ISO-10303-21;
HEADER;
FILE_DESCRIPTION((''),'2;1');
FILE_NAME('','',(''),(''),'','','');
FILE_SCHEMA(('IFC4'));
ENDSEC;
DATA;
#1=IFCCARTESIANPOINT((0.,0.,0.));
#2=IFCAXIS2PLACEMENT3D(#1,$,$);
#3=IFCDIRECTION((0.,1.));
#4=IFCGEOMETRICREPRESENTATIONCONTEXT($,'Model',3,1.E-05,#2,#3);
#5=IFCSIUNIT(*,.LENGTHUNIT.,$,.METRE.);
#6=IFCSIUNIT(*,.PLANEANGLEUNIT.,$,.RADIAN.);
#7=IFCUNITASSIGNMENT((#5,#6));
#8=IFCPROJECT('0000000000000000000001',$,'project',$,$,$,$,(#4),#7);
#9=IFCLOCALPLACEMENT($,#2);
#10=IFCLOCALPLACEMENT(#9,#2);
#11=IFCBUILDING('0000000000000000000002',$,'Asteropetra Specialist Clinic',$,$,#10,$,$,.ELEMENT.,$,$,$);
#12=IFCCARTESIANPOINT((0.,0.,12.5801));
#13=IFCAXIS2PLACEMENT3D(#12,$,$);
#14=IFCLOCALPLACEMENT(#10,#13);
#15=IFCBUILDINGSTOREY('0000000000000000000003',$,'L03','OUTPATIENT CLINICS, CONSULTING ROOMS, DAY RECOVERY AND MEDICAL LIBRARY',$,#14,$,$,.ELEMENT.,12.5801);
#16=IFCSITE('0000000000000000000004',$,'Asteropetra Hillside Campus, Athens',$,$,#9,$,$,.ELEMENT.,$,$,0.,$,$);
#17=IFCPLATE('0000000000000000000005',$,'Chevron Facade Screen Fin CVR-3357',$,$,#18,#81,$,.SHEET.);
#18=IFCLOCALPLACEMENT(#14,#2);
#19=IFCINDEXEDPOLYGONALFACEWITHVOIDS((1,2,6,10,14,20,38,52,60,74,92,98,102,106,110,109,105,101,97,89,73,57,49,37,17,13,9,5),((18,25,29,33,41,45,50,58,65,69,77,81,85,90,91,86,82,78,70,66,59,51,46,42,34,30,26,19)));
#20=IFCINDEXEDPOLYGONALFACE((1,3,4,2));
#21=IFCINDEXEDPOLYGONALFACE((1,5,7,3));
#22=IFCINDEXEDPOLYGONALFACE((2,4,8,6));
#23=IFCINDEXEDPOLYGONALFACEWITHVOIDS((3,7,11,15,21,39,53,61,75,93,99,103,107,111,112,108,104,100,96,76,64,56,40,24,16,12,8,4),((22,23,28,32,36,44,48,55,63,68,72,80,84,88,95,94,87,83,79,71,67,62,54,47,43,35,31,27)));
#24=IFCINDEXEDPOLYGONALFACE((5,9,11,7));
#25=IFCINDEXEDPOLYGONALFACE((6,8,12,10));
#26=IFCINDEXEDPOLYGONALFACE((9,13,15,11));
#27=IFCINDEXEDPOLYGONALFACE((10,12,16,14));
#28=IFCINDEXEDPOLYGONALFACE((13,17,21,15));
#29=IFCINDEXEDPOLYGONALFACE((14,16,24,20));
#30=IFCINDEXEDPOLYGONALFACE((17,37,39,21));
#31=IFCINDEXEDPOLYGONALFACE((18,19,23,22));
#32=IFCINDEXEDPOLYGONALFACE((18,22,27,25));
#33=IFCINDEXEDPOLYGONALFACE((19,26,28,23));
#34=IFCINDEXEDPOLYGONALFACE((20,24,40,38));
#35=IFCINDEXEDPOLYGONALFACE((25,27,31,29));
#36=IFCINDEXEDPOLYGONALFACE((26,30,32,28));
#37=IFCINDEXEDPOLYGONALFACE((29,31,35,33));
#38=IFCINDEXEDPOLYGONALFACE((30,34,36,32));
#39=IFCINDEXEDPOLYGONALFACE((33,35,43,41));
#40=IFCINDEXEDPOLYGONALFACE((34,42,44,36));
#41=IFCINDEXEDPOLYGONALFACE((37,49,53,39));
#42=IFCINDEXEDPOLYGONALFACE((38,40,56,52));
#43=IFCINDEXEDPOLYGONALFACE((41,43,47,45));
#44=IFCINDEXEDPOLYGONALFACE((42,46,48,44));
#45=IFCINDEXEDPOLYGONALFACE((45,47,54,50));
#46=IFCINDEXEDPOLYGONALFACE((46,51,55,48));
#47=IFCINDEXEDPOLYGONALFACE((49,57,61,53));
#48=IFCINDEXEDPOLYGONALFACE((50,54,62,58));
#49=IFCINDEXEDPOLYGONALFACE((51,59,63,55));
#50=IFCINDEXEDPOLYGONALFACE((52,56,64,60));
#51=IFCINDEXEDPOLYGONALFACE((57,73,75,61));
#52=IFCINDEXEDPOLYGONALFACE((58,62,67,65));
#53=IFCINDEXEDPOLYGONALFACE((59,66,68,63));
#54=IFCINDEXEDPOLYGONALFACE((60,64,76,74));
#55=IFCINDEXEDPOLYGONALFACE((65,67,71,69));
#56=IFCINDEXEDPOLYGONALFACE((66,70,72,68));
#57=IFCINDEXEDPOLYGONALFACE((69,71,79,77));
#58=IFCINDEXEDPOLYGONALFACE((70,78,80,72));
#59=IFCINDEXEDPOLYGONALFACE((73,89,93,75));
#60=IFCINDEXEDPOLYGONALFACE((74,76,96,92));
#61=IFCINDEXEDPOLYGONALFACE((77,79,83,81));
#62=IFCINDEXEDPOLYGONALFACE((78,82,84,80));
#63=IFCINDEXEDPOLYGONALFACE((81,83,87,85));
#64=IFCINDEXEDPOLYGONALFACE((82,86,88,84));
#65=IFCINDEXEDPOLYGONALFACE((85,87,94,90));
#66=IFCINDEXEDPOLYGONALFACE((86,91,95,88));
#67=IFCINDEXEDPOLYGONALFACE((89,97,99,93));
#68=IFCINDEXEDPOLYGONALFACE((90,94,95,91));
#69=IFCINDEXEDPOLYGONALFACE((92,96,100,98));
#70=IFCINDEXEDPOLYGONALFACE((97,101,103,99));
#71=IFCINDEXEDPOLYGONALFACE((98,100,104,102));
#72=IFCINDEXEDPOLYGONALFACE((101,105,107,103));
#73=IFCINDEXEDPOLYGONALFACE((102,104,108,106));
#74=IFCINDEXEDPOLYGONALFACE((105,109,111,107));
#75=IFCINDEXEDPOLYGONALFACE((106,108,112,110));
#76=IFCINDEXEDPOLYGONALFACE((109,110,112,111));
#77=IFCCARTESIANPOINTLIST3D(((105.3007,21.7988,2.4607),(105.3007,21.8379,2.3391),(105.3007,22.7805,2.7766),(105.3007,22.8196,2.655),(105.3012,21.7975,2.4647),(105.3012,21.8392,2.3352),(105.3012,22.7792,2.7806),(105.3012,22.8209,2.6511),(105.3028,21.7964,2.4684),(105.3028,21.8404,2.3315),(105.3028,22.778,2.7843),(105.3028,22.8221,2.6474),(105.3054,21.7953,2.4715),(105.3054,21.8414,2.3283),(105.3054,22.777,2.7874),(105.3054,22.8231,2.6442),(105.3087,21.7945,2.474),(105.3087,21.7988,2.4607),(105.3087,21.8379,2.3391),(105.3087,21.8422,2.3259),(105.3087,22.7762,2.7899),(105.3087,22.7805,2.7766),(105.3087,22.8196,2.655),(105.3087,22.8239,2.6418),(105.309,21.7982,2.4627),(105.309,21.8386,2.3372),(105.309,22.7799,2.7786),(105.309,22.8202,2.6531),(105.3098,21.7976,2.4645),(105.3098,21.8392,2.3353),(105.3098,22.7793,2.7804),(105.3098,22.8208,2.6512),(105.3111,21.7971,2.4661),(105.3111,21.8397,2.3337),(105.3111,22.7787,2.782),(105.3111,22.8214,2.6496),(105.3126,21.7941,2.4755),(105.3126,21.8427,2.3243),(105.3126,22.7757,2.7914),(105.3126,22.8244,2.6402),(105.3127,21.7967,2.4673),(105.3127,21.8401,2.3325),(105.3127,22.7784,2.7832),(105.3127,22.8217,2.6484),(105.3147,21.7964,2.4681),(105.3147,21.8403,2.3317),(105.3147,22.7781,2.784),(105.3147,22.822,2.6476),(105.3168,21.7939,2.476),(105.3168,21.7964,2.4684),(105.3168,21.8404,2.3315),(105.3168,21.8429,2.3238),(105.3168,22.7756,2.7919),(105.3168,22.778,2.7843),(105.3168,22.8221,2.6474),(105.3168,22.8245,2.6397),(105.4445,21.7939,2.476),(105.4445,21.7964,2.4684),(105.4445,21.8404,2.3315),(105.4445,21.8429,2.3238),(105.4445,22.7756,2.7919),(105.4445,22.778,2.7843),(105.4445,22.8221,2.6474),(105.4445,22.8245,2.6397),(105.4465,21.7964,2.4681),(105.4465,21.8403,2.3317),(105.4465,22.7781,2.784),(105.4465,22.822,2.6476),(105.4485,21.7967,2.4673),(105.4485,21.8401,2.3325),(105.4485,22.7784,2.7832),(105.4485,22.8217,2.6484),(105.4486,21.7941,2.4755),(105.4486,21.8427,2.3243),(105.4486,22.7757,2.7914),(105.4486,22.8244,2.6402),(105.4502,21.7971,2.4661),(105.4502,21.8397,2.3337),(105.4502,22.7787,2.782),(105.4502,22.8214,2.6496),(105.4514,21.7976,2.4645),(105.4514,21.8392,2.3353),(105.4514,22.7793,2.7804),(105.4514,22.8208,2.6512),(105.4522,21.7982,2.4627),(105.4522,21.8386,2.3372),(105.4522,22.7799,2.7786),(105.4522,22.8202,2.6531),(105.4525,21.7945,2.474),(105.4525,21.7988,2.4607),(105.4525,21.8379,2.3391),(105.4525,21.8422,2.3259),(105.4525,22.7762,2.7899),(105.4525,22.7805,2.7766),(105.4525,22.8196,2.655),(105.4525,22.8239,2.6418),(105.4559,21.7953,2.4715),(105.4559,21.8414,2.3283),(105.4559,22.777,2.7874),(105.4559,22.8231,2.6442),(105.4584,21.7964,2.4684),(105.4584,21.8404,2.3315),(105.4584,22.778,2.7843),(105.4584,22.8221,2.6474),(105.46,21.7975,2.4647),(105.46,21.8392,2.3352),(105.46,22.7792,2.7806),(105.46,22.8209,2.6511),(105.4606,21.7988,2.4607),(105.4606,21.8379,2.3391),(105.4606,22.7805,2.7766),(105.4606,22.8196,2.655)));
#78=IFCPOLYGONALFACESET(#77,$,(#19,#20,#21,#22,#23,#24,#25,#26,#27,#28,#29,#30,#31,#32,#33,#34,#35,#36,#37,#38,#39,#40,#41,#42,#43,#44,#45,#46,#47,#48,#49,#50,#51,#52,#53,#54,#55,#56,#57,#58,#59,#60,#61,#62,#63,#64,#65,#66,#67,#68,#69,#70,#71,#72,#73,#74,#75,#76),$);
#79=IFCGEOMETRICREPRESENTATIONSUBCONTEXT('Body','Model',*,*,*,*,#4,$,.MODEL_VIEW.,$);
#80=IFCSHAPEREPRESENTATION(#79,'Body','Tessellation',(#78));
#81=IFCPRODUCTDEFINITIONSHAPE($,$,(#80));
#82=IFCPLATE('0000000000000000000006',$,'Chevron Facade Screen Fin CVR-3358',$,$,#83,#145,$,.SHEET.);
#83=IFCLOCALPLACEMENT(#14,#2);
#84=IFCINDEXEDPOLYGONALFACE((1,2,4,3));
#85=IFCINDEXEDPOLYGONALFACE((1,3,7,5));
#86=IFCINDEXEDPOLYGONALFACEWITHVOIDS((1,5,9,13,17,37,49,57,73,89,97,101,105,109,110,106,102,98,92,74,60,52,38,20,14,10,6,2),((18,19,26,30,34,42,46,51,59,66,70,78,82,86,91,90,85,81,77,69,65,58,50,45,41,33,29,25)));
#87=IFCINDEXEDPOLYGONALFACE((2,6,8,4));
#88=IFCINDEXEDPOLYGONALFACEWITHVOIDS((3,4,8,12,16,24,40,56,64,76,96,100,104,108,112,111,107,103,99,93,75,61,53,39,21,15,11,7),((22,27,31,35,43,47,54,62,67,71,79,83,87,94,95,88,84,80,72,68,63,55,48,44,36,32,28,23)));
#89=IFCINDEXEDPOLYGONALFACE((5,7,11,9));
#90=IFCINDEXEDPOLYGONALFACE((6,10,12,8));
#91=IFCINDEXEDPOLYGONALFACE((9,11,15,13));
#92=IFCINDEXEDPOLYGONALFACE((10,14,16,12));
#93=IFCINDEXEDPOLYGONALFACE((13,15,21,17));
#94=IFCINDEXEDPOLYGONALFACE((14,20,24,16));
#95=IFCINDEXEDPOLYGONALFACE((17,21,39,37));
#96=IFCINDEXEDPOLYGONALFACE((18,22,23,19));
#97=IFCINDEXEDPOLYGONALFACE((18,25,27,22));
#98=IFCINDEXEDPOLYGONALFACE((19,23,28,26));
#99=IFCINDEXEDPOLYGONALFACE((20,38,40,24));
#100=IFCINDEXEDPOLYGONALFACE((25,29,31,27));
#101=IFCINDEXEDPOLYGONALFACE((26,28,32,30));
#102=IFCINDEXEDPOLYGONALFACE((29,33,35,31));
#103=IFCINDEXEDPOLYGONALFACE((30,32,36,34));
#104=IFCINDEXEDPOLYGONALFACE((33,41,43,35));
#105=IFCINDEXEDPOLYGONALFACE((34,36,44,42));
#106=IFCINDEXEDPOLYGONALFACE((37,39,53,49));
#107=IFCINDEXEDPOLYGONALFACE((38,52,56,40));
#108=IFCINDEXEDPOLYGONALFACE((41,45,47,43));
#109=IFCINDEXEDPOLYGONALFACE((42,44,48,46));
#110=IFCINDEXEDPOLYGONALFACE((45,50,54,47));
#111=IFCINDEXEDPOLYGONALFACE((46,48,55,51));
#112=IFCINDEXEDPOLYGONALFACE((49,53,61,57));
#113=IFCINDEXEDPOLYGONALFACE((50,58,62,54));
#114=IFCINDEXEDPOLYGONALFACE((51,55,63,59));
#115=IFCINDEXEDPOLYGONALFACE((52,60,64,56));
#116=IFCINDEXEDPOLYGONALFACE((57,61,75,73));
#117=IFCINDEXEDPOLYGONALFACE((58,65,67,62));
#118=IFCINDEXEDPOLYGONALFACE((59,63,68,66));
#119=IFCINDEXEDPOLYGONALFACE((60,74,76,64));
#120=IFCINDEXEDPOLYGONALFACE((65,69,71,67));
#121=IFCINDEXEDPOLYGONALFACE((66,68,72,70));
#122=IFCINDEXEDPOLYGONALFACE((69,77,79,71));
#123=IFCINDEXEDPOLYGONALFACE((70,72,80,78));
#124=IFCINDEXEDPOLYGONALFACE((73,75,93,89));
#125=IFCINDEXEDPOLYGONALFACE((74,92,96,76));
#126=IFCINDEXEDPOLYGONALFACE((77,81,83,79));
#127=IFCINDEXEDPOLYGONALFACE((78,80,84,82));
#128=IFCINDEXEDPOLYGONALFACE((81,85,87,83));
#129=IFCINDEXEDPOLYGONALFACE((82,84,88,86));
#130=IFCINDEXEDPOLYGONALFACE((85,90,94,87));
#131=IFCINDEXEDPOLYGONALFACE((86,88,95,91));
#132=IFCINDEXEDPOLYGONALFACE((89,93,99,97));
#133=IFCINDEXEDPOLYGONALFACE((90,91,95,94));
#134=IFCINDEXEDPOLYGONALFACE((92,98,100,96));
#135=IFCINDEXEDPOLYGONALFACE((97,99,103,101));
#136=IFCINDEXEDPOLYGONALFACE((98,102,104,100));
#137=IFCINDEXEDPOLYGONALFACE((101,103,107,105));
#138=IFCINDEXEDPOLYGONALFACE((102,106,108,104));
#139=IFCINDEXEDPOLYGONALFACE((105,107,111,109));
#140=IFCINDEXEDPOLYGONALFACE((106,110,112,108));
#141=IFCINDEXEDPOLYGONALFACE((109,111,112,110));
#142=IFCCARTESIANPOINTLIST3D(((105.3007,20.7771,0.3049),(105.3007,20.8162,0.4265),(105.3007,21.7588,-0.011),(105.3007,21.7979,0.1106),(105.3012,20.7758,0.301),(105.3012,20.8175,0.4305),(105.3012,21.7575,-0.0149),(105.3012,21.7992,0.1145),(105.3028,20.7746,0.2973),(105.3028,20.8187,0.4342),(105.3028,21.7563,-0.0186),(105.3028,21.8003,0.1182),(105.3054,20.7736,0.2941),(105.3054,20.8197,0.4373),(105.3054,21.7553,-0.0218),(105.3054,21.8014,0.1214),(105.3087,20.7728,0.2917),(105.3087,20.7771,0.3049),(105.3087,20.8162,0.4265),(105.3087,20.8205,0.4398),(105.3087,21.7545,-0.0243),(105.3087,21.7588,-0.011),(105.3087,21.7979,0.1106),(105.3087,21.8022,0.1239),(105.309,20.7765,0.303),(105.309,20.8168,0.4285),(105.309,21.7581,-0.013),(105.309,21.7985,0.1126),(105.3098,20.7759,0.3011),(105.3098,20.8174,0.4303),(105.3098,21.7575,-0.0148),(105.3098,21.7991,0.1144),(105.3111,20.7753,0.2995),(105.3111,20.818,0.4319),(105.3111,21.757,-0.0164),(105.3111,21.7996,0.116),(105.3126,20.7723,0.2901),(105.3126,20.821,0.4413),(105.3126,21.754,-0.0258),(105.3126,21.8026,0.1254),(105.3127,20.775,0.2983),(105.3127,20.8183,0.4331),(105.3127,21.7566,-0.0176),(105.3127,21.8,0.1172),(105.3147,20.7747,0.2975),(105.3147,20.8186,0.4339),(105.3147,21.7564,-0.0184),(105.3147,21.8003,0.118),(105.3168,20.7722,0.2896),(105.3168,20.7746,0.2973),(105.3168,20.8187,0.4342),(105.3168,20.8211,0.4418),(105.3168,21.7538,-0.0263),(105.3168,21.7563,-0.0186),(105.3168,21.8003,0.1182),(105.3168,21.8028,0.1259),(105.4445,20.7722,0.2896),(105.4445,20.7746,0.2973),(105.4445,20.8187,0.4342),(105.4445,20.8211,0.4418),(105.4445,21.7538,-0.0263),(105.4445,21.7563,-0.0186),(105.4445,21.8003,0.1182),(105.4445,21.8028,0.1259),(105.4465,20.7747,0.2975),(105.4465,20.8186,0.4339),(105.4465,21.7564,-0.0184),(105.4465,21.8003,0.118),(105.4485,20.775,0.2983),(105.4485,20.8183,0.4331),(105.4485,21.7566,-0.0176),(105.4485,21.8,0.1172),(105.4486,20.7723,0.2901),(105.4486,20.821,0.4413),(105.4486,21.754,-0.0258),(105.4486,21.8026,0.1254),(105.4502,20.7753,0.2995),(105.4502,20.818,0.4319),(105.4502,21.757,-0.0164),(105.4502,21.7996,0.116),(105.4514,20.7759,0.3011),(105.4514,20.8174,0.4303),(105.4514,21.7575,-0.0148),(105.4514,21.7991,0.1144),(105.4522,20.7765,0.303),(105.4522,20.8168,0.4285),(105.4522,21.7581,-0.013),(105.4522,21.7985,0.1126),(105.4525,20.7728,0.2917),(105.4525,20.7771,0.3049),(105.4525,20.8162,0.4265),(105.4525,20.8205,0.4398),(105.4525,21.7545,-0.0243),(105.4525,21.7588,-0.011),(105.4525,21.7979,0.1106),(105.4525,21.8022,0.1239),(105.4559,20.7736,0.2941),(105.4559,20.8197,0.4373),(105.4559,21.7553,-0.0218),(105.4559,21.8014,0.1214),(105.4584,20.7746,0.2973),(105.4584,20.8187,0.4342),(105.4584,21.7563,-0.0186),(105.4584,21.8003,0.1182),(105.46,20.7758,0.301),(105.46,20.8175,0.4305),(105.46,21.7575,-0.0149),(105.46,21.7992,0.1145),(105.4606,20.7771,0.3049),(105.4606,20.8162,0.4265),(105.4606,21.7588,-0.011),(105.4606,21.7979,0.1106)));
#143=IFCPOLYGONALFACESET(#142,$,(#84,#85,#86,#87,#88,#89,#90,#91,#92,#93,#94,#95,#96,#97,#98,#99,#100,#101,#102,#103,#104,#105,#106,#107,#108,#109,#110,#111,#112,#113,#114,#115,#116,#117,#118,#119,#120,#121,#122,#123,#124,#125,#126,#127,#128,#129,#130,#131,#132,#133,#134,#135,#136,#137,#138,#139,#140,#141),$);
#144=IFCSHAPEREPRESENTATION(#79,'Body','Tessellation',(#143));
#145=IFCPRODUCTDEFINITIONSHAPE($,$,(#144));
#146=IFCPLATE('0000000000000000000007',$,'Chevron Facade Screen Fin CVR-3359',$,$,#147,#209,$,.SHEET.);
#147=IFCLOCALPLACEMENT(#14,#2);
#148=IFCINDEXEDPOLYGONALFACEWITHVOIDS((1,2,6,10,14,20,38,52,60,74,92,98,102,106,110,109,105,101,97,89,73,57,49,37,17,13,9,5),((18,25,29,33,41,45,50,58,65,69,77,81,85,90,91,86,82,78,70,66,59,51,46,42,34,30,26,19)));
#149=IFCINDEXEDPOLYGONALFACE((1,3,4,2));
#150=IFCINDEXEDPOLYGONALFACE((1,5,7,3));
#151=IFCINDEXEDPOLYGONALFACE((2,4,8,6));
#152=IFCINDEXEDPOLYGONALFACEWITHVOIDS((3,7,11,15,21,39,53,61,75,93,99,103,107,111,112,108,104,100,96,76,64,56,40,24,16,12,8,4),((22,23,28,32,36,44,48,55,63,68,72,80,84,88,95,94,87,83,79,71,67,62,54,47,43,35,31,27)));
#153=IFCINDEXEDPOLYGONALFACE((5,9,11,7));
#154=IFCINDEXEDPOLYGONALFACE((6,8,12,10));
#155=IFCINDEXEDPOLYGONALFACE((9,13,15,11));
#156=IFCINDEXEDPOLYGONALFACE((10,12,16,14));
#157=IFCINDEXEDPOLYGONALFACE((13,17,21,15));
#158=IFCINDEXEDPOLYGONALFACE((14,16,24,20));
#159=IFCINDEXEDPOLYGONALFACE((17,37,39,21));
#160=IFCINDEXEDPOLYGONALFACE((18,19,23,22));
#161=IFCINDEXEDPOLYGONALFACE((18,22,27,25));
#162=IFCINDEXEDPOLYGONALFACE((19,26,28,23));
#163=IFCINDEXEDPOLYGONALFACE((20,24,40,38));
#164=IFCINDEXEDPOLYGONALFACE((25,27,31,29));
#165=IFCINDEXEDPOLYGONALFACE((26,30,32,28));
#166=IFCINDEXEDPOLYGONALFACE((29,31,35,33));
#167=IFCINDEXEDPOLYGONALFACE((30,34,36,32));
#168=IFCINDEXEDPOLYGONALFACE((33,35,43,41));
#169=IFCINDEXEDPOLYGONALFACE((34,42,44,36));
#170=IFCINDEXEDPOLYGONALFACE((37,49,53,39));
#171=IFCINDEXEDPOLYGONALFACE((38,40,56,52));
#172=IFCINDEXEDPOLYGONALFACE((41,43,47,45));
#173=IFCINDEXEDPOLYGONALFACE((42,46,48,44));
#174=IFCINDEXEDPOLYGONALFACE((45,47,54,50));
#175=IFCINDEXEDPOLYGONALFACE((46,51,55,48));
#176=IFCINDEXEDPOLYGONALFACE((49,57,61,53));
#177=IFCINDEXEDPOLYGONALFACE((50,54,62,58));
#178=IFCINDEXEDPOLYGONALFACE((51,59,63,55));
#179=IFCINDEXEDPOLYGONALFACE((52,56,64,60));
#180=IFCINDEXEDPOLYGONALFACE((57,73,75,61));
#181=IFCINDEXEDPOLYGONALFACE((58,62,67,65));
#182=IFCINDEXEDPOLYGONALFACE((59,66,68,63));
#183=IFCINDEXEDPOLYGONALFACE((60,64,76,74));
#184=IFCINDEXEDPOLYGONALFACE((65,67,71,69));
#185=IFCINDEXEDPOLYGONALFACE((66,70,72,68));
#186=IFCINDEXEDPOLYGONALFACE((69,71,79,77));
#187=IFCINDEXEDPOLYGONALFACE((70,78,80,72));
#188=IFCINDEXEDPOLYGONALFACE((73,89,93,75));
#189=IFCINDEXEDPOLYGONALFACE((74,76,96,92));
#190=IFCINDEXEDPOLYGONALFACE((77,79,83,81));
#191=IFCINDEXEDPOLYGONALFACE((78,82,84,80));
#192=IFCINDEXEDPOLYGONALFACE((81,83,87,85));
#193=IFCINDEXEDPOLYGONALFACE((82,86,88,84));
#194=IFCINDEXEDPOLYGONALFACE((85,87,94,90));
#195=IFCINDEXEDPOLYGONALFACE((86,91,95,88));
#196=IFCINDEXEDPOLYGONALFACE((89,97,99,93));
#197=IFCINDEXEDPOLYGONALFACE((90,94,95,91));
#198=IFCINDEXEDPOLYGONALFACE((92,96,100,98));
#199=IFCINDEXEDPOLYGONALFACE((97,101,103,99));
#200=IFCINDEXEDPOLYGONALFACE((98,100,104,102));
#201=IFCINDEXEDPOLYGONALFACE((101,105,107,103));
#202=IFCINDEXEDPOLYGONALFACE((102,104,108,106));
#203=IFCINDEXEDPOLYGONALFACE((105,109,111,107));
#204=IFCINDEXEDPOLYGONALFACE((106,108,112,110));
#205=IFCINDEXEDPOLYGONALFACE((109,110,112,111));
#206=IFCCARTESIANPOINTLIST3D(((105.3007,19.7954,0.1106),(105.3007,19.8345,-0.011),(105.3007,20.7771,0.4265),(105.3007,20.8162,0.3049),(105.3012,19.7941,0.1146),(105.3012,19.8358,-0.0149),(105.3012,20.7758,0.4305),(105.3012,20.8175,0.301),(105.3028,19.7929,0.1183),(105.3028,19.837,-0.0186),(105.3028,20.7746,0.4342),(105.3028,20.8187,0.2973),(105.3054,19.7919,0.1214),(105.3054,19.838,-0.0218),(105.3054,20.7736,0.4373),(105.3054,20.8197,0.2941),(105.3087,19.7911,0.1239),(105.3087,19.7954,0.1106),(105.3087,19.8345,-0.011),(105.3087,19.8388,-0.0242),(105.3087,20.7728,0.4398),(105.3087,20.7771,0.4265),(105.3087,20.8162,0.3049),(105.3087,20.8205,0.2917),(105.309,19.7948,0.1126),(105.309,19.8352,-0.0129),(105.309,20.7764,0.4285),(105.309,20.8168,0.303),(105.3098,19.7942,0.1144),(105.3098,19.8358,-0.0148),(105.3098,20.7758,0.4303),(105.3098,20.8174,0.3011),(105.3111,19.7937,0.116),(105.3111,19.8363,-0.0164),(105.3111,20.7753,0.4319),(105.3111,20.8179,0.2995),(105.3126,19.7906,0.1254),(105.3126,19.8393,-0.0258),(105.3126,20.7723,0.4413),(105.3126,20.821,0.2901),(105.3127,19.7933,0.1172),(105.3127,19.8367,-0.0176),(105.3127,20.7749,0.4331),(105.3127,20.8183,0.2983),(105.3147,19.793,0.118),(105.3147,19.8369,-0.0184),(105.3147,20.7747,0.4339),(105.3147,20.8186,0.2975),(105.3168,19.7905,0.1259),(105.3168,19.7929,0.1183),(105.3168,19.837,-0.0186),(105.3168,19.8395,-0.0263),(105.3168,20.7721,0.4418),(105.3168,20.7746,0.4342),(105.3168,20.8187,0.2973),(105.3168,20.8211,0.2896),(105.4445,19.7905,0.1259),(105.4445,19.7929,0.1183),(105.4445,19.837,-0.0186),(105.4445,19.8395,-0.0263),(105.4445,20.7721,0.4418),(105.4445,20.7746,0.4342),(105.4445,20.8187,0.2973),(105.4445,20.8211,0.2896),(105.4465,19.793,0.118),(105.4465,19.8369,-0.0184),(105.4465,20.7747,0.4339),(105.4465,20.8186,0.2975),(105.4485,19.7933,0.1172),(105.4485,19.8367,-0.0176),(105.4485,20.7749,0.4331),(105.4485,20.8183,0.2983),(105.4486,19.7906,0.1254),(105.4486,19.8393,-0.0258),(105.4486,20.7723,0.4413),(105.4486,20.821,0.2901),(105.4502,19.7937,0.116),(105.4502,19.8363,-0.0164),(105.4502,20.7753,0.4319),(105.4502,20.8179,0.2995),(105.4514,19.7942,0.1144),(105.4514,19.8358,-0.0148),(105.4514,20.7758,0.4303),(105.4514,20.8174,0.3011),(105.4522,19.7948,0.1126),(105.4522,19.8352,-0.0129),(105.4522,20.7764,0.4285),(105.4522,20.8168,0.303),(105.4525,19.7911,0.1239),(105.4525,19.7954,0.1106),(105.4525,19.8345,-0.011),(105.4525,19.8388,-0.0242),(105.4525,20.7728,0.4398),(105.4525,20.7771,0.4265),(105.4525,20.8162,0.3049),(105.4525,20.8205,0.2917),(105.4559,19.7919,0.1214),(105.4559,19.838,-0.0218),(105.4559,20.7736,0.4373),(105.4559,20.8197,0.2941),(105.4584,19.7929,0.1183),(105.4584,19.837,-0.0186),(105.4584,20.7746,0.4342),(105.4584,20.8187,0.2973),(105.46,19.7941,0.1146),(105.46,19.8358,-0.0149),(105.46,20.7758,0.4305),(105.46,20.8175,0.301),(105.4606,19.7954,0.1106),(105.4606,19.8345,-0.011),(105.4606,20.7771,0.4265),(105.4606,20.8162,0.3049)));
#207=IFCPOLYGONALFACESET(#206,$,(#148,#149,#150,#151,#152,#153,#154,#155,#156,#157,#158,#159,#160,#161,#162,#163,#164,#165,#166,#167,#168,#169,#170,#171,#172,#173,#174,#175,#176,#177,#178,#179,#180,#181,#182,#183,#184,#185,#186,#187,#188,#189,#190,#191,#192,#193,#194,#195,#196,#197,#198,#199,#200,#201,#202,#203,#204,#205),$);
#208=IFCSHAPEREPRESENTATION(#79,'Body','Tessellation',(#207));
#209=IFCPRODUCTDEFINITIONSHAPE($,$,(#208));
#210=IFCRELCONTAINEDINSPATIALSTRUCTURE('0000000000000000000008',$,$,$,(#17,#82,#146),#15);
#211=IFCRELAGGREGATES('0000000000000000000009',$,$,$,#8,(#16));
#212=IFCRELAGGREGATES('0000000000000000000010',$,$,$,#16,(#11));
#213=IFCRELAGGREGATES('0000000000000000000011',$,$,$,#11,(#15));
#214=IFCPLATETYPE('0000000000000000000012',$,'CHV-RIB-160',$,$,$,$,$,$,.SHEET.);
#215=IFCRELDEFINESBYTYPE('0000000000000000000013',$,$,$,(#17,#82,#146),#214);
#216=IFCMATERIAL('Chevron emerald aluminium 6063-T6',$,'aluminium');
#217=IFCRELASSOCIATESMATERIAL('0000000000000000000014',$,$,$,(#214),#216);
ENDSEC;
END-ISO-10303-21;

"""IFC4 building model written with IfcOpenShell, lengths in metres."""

from ifc_helpers import new_model, si_unit, direction, frame, origin, origin_2d, place, context, subcontext, project, spatial, hollow_rectangle, extrude, material, material_profile, profile_set, type_object, element, save


model = new_model("IFC4")

# Units and contexts
model_context = context("Model", 3, precision=1e-05, world=origin(), true_north=direction((0.0, 1.0)))
body_context = subcontext(model_context, "Body", "Model", "MODEL_VIEW")
ifc_project = project(units=[si_unit("LENGTHUNIT", "METRE"), si_unit("PLANEANGLEUNIT", "RADIAN")], contexts=[model_context])

# Site, building, storey
site_placement = place(None, origin())
site = spatial("IfcSite", under=ifc_project, at=site_placement, Name="Asteropetra Hillside Campus, Athens", CompositionType="ELEMENT", RefElevation=0.0)
building_placement = place(site_placement, origin())
building = spatial("IfcBuilding", under=site, at=building_placement, Name="Asteropetra Specialist Clinic", CompositionType="ELEMENT")
storey_placement = place(building_placement, frame((0.0, 0.0, 12.5801)))
storey = spatial("IfcBuildingStorey", under=building, at=storey_placement, Name="L03", Description="OUTPATIENT CLINICS, CONSULTING ROOMS, DAY RECOVERY AND MEDICAL LIBRARY", CompositionType="ELEMENT", Elevation=12.5801)

# Plates
ifc_material_1 = material(Name="Chevron emerald aluminium 6063-T6", Category="aluminium")
ifc_material_profile_1 = material_profile(ifc_material_1, hollow_rectangle(XDim=0.1599, YDim=0.1599, WallThickness=0.0081, InnerFilletRadius=0.0081, OuterFilletRadius=0.0161, at=origin_2d()), Name="SHS 160x160x8.0")
ifc_profile_set_1 = profile_set([ifc_material_profile_1], Name="Chevron emerald aluminium 6063-T6")
plate_type = type_object("IfcPlateType", Name="CHV-RIB-160", PredefinedType="SHEET", material=ifc_profile_set_1)
for number, where, z_axis, x_axis, name in (
    (1, (105.3806, 22.8, 2.7158), (0.0, -0.951923, -0.306339), (1.0, 0.0, 0.0), "Chevron Facade Screen Fin CVR-3357"),
    (2, (105.3806, 21.7783, 0.0498), (0.0, -0.951923, 0.306339), (1.0, 0.0, 0.0), "Chevron Facade Screen Fin CVR-3358"),
    (3, (105.3806, 20.7966, 0.3657), (0.0, -0.951923, -0.306339), (1.0, 0.0, 0.0), "Chevron Facade Screen Fin CVR-3359"),
):
    element("IfcPlate", number, at=place(storey_placement, frame(where, z_axis=z_axis, x_axis=x_axis)), inside=storey, type_object=plate_type, Name=name, PredefinedType="SHEET", context=body_context, shape_type="SweptSolid", body=[
        extrude(hollow_rectangle(XDim=0.1599, YDim=0.1599, WallThickness=0.0081, InnerFilletRadius=0.0081, OuterFilletRadius=0.0161, at=origin_2d()), origin(), (0.0, 0.0, 1.0), 1.0312),
    ])

save(model, "model.ifc")
